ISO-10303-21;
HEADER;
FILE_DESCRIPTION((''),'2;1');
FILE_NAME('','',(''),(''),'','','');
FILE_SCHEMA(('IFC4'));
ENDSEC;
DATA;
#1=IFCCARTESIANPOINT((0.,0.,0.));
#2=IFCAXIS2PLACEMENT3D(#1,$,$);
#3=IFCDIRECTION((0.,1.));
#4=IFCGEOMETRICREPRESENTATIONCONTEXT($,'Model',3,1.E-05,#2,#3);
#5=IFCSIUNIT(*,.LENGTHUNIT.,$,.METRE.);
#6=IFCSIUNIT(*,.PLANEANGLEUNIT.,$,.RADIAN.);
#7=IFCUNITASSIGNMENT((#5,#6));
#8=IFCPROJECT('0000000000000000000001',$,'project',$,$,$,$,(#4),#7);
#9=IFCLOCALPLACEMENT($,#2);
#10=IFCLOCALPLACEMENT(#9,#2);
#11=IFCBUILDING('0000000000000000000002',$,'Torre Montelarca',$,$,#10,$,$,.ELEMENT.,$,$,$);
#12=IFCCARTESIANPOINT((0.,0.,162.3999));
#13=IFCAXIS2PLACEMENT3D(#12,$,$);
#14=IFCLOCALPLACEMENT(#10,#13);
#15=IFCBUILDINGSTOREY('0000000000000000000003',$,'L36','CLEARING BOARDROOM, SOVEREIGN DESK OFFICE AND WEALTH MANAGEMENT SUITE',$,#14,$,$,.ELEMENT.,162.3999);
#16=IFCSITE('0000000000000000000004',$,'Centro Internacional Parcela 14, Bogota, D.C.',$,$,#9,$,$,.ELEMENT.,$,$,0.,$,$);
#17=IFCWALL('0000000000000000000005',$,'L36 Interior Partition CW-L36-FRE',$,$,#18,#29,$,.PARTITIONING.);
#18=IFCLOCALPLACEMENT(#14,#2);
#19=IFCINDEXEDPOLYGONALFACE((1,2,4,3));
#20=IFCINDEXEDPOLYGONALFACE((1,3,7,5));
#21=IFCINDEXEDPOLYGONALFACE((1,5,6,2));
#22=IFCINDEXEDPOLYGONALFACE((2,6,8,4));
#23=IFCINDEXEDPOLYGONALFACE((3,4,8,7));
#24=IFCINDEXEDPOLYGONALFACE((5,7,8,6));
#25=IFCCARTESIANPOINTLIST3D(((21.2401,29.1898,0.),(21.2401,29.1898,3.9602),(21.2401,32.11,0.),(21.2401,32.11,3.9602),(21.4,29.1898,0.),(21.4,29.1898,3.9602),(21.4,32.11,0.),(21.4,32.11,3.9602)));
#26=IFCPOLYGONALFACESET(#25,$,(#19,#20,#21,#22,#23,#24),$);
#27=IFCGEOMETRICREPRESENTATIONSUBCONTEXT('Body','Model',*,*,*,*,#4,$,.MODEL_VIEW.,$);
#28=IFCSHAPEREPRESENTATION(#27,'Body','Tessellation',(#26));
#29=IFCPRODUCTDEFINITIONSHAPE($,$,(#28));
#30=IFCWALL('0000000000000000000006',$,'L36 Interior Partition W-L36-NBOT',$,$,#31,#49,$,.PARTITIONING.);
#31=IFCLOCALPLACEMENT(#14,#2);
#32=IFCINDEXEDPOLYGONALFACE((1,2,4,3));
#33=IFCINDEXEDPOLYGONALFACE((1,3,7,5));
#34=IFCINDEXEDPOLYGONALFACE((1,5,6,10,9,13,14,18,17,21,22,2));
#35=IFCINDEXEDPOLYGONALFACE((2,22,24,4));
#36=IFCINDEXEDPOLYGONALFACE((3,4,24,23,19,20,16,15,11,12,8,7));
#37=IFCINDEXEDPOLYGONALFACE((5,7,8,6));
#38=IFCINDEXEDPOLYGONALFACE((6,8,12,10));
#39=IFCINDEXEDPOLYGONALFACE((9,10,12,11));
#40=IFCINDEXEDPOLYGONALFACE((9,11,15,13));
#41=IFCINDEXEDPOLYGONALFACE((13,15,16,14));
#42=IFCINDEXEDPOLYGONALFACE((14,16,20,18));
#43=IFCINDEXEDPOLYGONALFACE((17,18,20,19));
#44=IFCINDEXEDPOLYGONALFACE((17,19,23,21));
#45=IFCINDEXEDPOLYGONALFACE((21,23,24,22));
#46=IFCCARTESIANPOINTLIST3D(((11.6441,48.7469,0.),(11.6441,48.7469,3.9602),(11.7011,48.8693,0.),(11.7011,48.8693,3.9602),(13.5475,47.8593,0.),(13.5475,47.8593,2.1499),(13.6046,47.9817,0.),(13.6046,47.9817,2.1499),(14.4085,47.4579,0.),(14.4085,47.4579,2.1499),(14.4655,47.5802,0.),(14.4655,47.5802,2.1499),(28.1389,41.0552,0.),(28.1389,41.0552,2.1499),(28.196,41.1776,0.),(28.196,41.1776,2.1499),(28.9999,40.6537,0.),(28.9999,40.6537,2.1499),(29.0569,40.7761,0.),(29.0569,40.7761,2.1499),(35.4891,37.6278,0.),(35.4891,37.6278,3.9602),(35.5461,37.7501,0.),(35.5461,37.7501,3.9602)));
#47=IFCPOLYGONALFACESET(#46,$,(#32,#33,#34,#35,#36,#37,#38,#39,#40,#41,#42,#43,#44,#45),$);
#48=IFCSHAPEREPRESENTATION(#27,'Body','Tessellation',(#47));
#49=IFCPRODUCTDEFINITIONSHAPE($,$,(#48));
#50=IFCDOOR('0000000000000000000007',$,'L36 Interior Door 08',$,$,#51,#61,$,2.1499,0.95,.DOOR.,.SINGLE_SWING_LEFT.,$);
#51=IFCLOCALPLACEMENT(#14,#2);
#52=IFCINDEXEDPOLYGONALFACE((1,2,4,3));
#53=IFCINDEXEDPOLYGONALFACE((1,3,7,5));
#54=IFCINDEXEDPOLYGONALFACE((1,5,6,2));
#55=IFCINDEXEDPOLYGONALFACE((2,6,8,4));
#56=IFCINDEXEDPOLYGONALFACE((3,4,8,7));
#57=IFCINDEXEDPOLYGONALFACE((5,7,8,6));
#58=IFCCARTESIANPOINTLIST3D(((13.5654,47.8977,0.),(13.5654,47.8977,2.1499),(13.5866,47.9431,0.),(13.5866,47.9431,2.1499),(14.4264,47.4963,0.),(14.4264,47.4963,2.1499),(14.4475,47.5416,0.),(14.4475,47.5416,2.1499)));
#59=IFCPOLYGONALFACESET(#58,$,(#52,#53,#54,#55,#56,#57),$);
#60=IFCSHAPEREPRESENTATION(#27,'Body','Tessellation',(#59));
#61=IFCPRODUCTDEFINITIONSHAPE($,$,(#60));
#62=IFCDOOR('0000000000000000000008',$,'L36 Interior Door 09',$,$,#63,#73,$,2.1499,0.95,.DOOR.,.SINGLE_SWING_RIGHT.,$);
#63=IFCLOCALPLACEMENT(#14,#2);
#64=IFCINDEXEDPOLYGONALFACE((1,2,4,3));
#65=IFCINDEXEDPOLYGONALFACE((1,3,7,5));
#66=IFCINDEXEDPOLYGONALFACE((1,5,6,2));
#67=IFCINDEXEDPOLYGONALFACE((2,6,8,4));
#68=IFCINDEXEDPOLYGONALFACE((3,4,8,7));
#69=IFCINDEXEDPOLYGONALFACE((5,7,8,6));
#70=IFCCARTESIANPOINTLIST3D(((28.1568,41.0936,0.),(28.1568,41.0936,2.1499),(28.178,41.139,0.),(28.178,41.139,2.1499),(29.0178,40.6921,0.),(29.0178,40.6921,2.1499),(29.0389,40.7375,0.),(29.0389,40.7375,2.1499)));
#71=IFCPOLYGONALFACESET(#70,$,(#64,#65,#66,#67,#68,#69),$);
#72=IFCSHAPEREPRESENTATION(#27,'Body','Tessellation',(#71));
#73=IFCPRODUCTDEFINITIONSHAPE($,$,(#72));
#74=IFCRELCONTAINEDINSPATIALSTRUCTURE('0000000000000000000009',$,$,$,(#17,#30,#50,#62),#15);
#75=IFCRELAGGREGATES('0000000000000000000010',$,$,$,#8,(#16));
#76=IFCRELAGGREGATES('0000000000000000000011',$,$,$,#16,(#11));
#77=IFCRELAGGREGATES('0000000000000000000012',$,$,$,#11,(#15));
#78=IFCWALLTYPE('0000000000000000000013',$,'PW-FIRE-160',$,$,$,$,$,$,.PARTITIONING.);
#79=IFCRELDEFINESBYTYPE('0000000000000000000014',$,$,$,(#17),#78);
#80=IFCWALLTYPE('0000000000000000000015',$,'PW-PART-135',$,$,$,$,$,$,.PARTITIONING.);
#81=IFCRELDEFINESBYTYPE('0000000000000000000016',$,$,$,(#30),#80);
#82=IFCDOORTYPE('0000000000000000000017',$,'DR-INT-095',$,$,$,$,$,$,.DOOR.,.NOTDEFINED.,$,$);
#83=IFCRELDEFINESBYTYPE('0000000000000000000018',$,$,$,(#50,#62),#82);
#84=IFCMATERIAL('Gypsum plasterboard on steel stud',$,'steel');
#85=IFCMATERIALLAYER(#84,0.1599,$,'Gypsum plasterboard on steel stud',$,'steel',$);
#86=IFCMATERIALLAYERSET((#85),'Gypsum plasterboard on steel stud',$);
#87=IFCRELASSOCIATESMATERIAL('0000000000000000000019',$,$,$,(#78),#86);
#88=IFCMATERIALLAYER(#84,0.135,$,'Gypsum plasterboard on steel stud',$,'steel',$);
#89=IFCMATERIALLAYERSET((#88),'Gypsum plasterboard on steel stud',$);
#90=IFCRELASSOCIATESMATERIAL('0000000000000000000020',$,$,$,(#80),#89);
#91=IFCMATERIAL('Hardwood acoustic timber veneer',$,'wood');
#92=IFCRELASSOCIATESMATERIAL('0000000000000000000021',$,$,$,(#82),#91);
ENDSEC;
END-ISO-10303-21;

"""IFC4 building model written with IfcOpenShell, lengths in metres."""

from ifc_helpers import new_model, si_unit, direction, frame, frame_2d, origin, place, context, subcontext, project, spatial, rectangle, extrude, source, transform, mapped, material, layer, layer_set, type_object, element, fill, save


model = new_model("IFC4")

# Units and contexts
model_context = context("Model", 3, precision=1e-05, world=origin(), true_north=direction((0.0, 1.0)))
body_context = subcontext(model_context, "Body", "Model", "MODEL_VIEW")
ifc_project = project(units=[si_unit("LENGTHUNIT", "METRE"), si_unit("PLANEANGLEUNIT", "RADIAN")], contexts=[model_context])

# Site, building, storey
site_placement = place(None, origin())
site = spatial("IfcSite", under=ifc_project, at=site_placement, Name="Centro Internacional Parcela 14, Bogota, D.C.", CompositionType="ELEMENT", RefElevation=0.0)
building_placement = place(site_placement, origin())
building = spatial("IfcBuilding", under=site, at=building_placement, Name="Torre Montelarca", CompositionType="ELEMENT")
storey_placement = place(building_placement, frame((0.0, 0.0, 162.3999)))
storey = spatial("IfcBuildingStorey", under=building, at=storey_placement, Name="L36", Description="CLEARING BOARDROOM, SOVEREIGN DESK OFFICE AND WEALTH MANAGEMENT SUITE", CompositionType="ELEMENT", Elevation=162.3999)

# Shared definitions
ifc_material_1 = material(Name="Gypsum plasterboard on steel stud", Category="steel")
ifc_layer_1 = layer(ifc_material_1, 0.1599, Name="Gypsum plasterboard on steel stud", Category="steel")
ifc_layer_set_1 = layer_set([ifc_layer_1], Name="Gypsum plasterboard on steel stud")
wall_type_1 = type_object("IfcWallType", Name="PW-FIRE-160", PredefinedType="PARTITIONING", material=ifc_layer_set_1)

# Wall
wall_1_placement = place(storey_placement, frame((21.3201, 29.1899, 0.0), z_axis=(0.0, 0.0, 1.0), x_axis=(0.0, 1.0, 0.0)))
element("IfcWall", 1, at=wall_1_placement, inside=storey, type_object=wall_type_1, Name="L36 Interior Partition CW-L36-FRE", PredefinedType="PARTITIONING", context=body_context, shape_type="SweptSolid", body=[
    extrude(rectangle(XDim=2.9202, YDim=0.1599, at=frame_2d((1.46, 0.0))), origin(), (0.0, 0.0, 1.0), 3.9602),
])

# Wall, openings, doors
ifc_layer_2 = layer(ifc_material_1, 0.135, Name="Gypsum plasterboard on steel stud", Category="steel")
ifc_layer_set_2 = layer_set([ifc_layer_2], Name="Gypsum plasterboard on steel stud")
wall_type_2 = type_object("IfcWallType", Name="PW-PART-135", PredefinedType="PARTITIONING", material=ifc_layer_set_2)
wall_2_placement = place(storey_placement, frame((11.6726, 48.8081, 0.0), z_axis=(0.0, 0.0, 1.0), x_axis=(0.906307, -0.42262, 0.0)))
wall_2 = element("IfcWall", 2, at=wall_2_placement, inside=storey, type_object=wall_type_2, Name="L36 Interior Partition W-L36-NBOT", PredefinedType="PARTITIONING", context=body_context, shape_type="SweptSolid", body=[
    extrude(rectangle(XDim=26.3101, YDim=0.135, at=frame_2d((13.155, 0.0))), origin(), (0.0, 0.0, 1.0), 3.9602),
])
opening_1_placement = place(wall_2_placement, frame((2.1001, 0.0, 0.0)))
opening_1 = element("IfcOpeningElement", 3, at=opening_1_placement, cuts=wall_2, PredefinedType="OPENING", context=body_context, shape_type="SweptSolid", body=[
    extrude(rectangle(XDim=0.95, YDim=2.1499, at=frame_2d((0.4751, 1.075))), frame((0.0, 0.0776, 0.0), z_axis=(0.0, -1.0, 0.0), x_axis=(1.0, 0.0, 0.0)), (0.0, 0.0, 1.0), 0.155),
])
opening_2_placement = place(wall_2_placement, frame((18.2, 0.0, 0.0)))
opening_2 = element("IfcOpeningElement", 4, at=opening_2_placement, cuts=wall_2, PredefinedType="OPENING", context=body_context, shape_type="SweptSolid", body=[
    extrude(rectangle(XDim=0.95, YDim=2.1499, at=frame_2d((0.4751, 1.075))), frame((0.0, 0.0776, 0.0), z_axis=(0.0, -1.0, 0.0), x_axis=(1.0, 0.0, 0.0)), (0.0, 0.0, 1.0), 0.155),
])
ifc_material_2 = material(Name="Hardwood acoustic timber veneer", Category="wood")
door_type_1 = type_object("IfcDoorType", Name="DR-INT-095", OperationType="NOTDEFINED", PredefinedType="DOOR", material=ifc_material_2)
shared_shape_1 = source(origin(), body_context, "Body", "SweptSolid", [
    extrude(rectangle(XDim=0.95, YDim=2.1499, at=frame_2d((0.4751, 1.075))), frame((0.0, 0.0249, 0.0), z_axis=(0.0, -1.0, 0.0), x_axis=(1.0, 0.0, 0.0)), (0.0, 0.0, 1.0), 0.05),
])
door_1_placement = place(opening_1_placement, origin())
door_1 = element("IfcDoor", 5, at=door_1_placement, inside=storey, type_object=door_type_1, Name="L36 Interior Door 08", OperationType="SINGLE_SWING_LEFT", OverallHeight=2.1499, OverallWidth=0.95, PredefinedType="DOOR", context=body_context, shape_type="MappedRepresentation", body=[
    mapped(shared_shape_1, transform((0.0, 0.0, 0.0), scale=1.0)),
])
fill(opening_1, door_1)
door_2_placement = place(opening_2_placement, origin())
door_2 = element("IfcDoor", 6, at=door_2_placement, inside=storey, type_object=door_type_1, Name="L36 Interior Door 09", OperationType="SINGLE_SWING_RIGHT", OverallHeight=2.1499, OverallWidth=0.95, PredefinedType="DOOR", context=body_context, shape_type="MappedRepresentation", body=[
    mapped(shared_shape_1, transform((0.0, 0.0, 0.0), scale=1.0)),
])
fill(opening_2, door_2)

save(model, "model.ifc")
